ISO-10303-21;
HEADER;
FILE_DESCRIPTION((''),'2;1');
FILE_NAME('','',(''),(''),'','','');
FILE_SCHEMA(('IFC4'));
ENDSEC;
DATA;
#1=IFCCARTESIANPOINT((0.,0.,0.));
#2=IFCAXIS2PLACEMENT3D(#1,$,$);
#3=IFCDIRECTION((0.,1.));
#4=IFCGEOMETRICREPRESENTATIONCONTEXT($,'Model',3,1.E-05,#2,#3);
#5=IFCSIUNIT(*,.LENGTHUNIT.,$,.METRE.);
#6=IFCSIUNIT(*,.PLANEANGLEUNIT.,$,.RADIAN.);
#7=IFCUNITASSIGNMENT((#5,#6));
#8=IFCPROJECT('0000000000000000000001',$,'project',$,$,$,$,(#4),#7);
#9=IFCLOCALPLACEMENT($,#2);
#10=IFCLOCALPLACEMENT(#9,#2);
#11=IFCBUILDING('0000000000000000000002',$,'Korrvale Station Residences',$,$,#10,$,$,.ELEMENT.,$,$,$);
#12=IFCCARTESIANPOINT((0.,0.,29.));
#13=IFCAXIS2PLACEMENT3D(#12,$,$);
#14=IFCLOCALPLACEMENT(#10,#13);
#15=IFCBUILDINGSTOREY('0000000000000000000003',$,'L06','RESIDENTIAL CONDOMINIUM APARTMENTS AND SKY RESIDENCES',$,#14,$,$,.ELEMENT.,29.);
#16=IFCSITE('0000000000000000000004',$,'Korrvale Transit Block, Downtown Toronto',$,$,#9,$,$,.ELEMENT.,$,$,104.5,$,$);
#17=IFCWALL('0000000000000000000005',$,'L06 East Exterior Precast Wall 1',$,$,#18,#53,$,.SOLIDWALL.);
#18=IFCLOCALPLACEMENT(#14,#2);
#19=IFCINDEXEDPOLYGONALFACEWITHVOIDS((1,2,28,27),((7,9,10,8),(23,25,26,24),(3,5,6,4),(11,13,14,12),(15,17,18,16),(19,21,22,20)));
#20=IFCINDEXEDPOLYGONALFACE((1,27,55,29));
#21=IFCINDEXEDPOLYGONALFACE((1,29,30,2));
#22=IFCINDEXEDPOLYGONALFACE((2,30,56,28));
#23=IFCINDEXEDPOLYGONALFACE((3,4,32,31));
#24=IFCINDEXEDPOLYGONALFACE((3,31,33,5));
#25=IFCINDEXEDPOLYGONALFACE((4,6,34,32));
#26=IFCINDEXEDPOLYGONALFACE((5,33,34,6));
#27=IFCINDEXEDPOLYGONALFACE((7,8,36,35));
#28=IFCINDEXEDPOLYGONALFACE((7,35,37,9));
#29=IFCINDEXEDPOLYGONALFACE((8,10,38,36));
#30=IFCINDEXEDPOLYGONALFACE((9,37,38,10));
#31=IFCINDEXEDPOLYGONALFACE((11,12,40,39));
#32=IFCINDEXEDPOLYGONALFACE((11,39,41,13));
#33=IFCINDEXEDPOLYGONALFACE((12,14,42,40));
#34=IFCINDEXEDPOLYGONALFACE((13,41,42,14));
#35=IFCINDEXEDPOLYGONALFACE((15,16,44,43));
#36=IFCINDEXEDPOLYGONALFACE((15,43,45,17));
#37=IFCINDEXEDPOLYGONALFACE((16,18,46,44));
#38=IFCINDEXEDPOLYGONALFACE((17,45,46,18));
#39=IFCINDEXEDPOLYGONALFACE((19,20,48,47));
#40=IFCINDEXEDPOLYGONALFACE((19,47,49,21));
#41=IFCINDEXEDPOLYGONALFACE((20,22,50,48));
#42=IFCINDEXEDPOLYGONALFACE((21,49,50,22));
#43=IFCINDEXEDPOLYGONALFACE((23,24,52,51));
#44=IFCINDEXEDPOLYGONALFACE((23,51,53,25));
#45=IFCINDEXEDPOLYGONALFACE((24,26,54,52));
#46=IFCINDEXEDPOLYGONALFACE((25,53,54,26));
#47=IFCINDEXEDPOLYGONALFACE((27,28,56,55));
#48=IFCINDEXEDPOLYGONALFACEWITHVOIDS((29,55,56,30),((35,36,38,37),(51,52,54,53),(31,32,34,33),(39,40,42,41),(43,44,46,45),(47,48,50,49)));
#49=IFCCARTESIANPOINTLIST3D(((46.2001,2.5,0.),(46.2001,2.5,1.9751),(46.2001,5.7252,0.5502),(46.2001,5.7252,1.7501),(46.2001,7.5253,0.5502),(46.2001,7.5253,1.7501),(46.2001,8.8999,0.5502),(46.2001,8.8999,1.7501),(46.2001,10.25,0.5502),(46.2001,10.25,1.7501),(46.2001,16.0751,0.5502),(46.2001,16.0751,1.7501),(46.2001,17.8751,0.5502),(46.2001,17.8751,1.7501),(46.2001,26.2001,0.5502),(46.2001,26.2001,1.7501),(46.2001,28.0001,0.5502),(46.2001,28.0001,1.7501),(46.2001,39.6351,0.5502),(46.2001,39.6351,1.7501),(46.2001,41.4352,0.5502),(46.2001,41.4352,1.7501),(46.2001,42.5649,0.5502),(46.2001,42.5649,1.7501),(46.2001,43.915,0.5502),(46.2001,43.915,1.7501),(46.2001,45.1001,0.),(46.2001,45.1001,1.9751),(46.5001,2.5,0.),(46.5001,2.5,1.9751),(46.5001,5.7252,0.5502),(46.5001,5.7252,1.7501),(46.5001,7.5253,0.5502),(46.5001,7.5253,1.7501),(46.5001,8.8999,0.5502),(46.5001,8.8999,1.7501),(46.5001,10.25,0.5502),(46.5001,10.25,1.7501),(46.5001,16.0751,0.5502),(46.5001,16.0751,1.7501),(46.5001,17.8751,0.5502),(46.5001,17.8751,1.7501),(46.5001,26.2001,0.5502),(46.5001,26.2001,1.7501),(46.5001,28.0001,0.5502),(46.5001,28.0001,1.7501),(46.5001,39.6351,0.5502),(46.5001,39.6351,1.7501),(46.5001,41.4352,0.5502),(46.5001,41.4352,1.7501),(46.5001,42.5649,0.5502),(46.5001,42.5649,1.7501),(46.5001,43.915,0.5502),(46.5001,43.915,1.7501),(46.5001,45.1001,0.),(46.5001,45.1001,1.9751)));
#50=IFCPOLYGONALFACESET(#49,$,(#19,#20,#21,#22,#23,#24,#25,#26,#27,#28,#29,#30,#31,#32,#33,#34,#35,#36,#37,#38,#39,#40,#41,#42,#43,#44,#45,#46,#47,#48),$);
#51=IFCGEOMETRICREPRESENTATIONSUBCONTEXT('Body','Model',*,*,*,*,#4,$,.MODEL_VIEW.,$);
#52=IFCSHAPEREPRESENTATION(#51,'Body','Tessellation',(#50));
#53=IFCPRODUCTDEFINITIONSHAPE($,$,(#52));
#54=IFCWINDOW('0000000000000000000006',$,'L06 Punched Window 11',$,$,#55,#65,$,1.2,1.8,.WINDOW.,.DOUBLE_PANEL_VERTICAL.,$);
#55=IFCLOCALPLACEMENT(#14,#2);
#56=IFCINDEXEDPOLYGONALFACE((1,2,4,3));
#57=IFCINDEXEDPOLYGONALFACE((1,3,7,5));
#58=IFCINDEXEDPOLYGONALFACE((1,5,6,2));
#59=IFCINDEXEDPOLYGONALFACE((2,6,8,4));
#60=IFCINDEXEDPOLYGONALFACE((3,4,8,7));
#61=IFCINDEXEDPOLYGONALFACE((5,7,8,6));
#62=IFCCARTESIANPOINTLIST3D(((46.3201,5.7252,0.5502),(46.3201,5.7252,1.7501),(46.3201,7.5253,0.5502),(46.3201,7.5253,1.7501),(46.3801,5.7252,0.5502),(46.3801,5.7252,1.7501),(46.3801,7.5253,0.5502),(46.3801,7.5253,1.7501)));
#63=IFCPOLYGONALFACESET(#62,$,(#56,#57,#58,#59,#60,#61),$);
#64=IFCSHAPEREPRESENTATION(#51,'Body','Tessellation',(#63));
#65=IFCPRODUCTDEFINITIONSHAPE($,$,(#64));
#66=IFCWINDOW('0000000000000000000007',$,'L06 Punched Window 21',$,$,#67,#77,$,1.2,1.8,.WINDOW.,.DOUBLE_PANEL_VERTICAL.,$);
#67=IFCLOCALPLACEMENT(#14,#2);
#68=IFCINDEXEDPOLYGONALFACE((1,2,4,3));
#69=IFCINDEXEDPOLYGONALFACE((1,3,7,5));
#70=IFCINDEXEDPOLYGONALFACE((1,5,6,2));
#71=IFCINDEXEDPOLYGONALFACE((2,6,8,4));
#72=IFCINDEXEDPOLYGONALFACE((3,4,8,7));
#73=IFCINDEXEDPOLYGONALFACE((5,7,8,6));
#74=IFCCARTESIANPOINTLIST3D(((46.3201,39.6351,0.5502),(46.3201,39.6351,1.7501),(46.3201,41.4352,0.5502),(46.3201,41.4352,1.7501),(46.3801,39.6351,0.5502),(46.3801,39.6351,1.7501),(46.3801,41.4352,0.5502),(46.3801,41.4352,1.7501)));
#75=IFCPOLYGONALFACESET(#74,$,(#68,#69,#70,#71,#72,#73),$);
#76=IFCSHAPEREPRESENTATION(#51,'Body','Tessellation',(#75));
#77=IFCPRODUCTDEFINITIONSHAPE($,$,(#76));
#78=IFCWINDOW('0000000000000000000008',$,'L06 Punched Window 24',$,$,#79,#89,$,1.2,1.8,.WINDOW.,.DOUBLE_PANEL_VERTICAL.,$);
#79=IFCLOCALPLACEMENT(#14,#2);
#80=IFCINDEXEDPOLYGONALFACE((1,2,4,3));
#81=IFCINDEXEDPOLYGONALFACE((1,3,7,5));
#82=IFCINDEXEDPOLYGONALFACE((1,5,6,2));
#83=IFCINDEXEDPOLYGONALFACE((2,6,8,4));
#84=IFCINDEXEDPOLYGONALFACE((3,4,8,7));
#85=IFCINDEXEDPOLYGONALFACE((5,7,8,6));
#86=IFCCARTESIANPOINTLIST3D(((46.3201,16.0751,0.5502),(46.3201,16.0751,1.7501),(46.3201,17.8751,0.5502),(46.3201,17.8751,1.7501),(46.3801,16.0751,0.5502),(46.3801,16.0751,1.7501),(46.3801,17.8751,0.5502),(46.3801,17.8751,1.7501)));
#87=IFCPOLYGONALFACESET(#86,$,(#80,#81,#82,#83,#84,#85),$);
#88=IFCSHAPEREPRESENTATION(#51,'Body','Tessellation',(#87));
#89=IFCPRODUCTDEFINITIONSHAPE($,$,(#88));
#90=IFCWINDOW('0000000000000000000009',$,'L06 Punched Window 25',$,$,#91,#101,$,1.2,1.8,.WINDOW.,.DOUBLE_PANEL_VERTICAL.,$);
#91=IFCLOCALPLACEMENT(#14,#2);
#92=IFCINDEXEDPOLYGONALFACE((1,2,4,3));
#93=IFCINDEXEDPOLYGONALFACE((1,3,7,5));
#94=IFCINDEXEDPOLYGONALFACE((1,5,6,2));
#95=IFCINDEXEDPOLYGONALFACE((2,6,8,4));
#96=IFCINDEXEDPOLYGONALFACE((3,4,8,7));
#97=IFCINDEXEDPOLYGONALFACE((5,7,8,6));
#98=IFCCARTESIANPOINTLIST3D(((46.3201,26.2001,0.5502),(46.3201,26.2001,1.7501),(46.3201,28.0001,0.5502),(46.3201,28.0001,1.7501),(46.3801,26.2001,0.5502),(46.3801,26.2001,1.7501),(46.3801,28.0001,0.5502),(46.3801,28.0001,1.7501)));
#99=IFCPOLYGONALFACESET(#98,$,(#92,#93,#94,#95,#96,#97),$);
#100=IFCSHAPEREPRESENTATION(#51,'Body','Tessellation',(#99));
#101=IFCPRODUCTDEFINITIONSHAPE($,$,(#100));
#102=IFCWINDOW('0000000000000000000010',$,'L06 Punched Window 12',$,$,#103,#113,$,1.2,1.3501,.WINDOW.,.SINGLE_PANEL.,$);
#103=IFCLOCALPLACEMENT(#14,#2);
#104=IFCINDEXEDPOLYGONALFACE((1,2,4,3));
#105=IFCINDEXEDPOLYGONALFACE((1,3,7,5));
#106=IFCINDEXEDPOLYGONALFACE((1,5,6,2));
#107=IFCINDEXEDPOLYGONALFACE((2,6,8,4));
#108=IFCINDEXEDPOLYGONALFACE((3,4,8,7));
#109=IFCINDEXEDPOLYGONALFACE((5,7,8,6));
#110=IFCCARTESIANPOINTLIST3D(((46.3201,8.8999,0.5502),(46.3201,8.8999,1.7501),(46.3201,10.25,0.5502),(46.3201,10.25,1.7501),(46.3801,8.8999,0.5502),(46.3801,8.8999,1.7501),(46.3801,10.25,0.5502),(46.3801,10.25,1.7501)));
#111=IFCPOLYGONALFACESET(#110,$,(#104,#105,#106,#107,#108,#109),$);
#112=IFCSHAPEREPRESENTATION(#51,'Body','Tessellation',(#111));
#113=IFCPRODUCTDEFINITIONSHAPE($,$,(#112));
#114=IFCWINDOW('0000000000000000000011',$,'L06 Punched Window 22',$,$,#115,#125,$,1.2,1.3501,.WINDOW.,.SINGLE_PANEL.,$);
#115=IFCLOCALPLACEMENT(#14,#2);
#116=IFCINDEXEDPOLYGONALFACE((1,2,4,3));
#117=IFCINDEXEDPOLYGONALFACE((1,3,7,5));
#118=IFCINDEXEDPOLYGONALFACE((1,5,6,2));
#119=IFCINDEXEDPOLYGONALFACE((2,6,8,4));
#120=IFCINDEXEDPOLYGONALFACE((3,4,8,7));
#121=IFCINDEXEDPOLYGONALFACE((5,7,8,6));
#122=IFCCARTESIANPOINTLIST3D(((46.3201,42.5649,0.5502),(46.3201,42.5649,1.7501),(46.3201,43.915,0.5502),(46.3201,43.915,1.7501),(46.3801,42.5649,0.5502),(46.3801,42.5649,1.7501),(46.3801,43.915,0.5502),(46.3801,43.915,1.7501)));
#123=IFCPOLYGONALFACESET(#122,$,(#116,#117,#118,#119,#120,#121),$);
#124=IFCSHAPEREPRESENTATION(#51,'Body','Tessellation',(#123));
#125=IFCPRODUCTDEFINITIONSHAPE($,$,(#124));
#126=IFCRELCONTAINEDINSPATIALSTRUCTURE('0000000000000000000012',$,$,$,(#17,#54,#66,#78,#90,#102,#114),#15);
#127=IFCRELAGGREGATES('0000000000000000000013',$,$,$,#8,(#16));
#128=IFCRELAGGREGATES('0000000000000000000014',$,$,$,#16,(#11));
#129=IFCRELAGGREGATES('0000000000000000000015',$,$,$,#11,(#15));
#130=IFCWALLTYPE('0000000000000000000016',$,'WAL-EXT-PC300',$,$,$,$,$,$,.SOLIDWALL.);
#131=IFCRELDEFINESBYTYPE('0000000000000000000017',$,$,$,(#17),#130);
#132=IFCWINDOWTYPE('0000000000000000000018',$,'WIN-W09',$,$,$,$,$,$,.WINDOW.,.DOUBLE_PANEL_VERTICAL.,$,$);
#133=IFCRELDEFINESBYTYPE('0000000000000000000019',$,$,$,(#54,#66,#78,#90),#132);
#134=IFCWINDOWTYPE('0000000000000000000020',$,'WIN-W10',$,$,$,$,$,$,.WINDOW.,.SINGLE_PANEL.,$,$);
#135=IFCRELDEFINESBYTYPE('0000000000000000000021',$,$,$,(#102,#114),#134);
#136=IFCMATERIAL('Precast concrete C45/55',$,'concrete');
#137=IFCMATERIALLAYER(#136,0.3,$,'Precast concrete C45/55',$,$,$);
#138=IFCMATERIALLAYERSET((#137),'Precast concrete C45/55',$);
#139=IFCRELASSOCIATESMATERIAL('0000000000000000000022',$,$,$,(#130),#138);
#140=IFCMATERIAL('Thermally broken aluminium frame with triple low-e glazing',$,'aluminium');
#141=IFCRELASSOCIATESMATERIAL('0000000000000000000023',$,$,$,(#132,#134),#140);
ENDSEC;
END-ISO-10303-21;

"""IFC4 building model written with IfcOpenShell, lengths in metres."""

from ifc_helpers import new_model, si_unit, direction, frame, frame_2d, origin, place, context, subcontext, project, spatial, rectangle, extrude, material, layer, layer_set, type_object, element, fill, save


model = new_model("IFC4")

# Units and contexts
model_context = context("Model", 3, precision=1e-05, world=origin(), true_north=direction((0.0, 1.0)))
body_context = subcontext(model_context, "Body", "Model", "MODEL_VIEW")
ifc_project = project(units=[si_unit("LENGTHUNIT", "METRE"), si_unit("PLANEANGLEUNIT", "RADIAN")], contexts=[model_context])

# Site, building, storey
site_placement = place(None, origin())
site = spatial("IfcSite", under=ifc_project, at=site_placement, Name="Korrvale Transit Block, Downtown Toronto", CompositionType="ELEMENT", RefElevation=104.5)
building_placement = place(site_placement, origin())
building = spatial("IfcBuilding", under=site, at=building_placement, Name="Korrvale Station Residences", CompositionType="ELEMENT")
storey_placement = place(building_placement, frame((0.0, 0.0, 29.0)))
storey = spatial("IfcBuildingStorey", under=building, at=storey_placement, Name="L06", Description="RESIDENTIAL CONDOMINIUM APARTMENTS AND SKY RESIDENCES", CompositionType="ELEMENT", Elevation=29.0)

# Shared definitions
ifc_material_1 = material(Name="Precast concrete C45/55", Category="concrete")

# Shared definitions
ifc_layer_1 = layer(ifc_material_1, 0.3, Name="Precast concrete C45/55")
ifc_layer_set_1 = layer_set([ifc_layer_1], Name="Precast concrete C45/55")
wall_type_1 = type_object("IfcWallType", Name="WAL-EXT-PC300", PredefinedType="SOLIDWALL", material=ifc_layer_set_1)

# Wall, openings, windows
wall_1_placement = place(storey_placement, frame((46.3501, 45.1001, 0.0), z_axis=(0.0, 0.0, 1.0), x_axis=(0.0, -1.0, 0.0)))
wall_1 = element("IfcWall", 1, at=wall_1_placement, inside=storey, type_object=wall_type_1, Name="L06 East Exterior Precast Wall 1", PredefinedType="SOLIDWALL", context=body_context, shape_type="SweptSolid", body=[
    extrude(rectangle(XDim=42.6001, YDim=0.3, at=frame_2d((21.3, 0.0))), origin(), (0.0, 0.0, 1.0), 1.9751),
])
opening_1_placement = place(wall_1_placement, frame((37.575, 0.0, 0.55)))
opening_1 = element("IfcOpeningElement", 2, at=opening_1_placement, cuts=wall_1, PredefinedType="OPENING", context=body_context, shape_type="SweptSolid", body=[
    extrude(rectangle(XDim=1.8, YDim=1.2, at=frame_2d((0.8999, 0.6001))), frame((0.0, 0.1602, 0.0), z_axis=(0.0, -1.0, 0.0), x_axis=(1.0, 0.0, 0.0)), (0.0, 0.0, 1.0), 0.3201),
])
opening_2_placement = place(wall_1_placement, frame((34.8501, 0.0, 0.55)))
opening_2 = element("IfcOpeningElement", 3, at=opening_2_placement, cuts=wall_1, PredefinedType="OPENING", context=body_context, shape_type="SweptSolid", body=[
    extrude(rectangle(XDim=1.3501, YDim=1.2, at=frame_2d((0.675, 0.6001))), frame((0.0, 0.1602, 0.0), z_axis=(0.0, -1.0, 0.0), x_axis=(1.0, 0.0, 0.0)), (0.0, 0.0, 1.0), 0.3201),
])
opening_3_placement = place(wall_1_placement, frame((3.665, 0.0, 0.55)))
opening_3 = element("IfcOpeningElement", 4, at=opening_3_placement, cuts=wall_1, PredefinedType="OPENING", context=body_context, shape_type="SweptSolid", body=[
    extrude(rectangle(XDim=1.8, YDim=1.2, at=frame_2d((0.8999, 0.6001))), frame((0.0, 0.1602, 0.0), z_axis=(0.0, -1.0, 0.0), x_axis=(1.0, 0.0, 0.0)), (0.0, 0.0, 1.0), 0.3201),
])
opening_4_placement = place(wall_1_placement, frame((1.1851, 0.0, 0.55)))
opening_4 = element("IfcOpeningElement", 5, at=opening_4_placement, cuts=wall_1, PredefinedType="OPENING", context=body_context, shape_type="SweptSolid", body=[
    extrude(rectangle(XDim=1.3501, YDim=1.2, at=frame_2d((0.675, 0.6001))), frame((0.0, 0.1602, 0.0), z_axis=(0.0, -1.0, 0.0), x_axis=(1.0, 0.0, 0.0)), (0.0, 0.0, 1.0), 0.3201),
])
opening_5_placement = place(wall_1_placement, frame((27.2251, 0.0, 0.55)))
opening_5 = element("IfcOpeningElement", 6, at=opening_5_placement, cuts=wall_1, PredefinedType="OPENING", context=body_context, shape_type="SweptSolid", body=[
    extrude(rectangle(XDim=1.8, YDim=1.2, at=frame_2d((0.8999, 0.6001))), frame((0.0, 0.1602, 0.0), z_axis=(0.0, -1.0, 0.0), x_axis=(1.0, 0.0, 0.0)), (0.0, 0.0, 1.0), 0.3201),
])
opening_6_placement = place(wall_1_placement, frame((17.1001, 0.0, 0.55)))
opening_6 = element("IfcOpeningElement", 7, at=opening_6_placement, cuts=wall_1, PredefinedType="OPENING", context=body_context, shape_type="SweptSolid", body=[
    extrude(rectangle(XDim=1.8, YDim=1.2, at=frame_2d((0.8999, 0.6001))), frame((0.0, 0.1602, 0.0), z_axis=(0.0, -1.0, 0.0), x_axis=(1.0, 0.0, 0.0)), (0.0, 0.0, 1.0), 0.3201),
])
ifc_material_2 = material(Name="Thermally broken aluminium frame with triple low-e glazing", Category="aluminium")
window_type_1 = type_object("IfcWindowType", Name="WIN-W09", PartitioningType="DOUBLE_PANEL_VERTICAL", PredefinedType="WINDOW", material=ifc_material_2)
window_1_placement = place(opening_1_placement, origin())
window_1 = element("IfcWindow", 8, at=window_1_placement, inside=storey, type_object=window_type_1, Name="L06 Punched Window 11", OverallHeight=1.2, OverallWidth=1.8, PartitioningType="DOUBLE_PANEL_VERTICAL", PredefinedType="WINDOW", context=body_context, shape_type="SweptSolid", body=[
    extrude(rectangle(XDim=1.8, YDim=1.2, at=frame_2d((0.8999, 0.6001))), frame((0.0, 0.03, 0.0), z_axis=(0.0, -1.0, 0.0), x_axis=(1.0, 0.0, 0.0)), (0.0, 0.0, 1.0), 0.0601),
])
fill(opening_1, window_1)
window_2_placement = place(opening_3_placement, origin())
window_2 = element("IfcWindow", 9, at=window_2_placement, inside=storey, type_object=window_type_1, Name="L06 Punched Window 21", OverallHeight=1.2, OverallWidth=1.8, PartitioningType="DOUBLE_PANEL_VERTICAL", PredefinedType="WINDOW", context=body_context, shape_type="SweptSolid", body=[
    extrude(rectangle(XDim=1.8, YDim=1.2, at=frame_2d((0.8999, 0.6001))), frame((0.0, 0.03, 0.0), z_axis=(0.0, -1.0, 0.0), x_axis=(1.0, 0.0, 0.0)), (0.0, 0.0, 1.0), 0.0601),
])
fill(opening_3, window_2)
window_3_placement = place(opening_5_placement, origin())
window_3 = element("IfcWindow", 10, at=window_3_placement, inside=storey, type_object=window_type_1, Name="L06 Punched Window 24", OverallHeight=1.2, OverallWidth=1.8, PartitioningType="DOUBLE_PANEL_VERTICAL", PredefinedType="WINDOW", context=body_context, shape_type="SweptSolid", body=[
    extrude(rectangle(XDim=1.8, YDim=1.2, at=frame_2d((0.8999, 0.6001))), frame((0.0, 0.03, 0.0), z_axis=(0.0, -1.0, 0.0), x_axis=(1.0, 0.0, 0.0)), (0.0, 0.0, 1.0), 0.0601),
])
fill(opening_5, window_3)
window_4_placement = place(opening_6_placement, origin())
window_4 = element("IfcWindow", 11, at=window_4_placement, inside=storey, type_object=window_type_1, Name="L06 Punched Window 25", OverallHeight=1.2, OverallWidth=1.8, PartitioningType="DOUBLE_PANEL_VERTICAL", PredefinedType="WINDOW", context=body_context, shape_type="SweptSolid", body=[
    extrude(rectangle(XDim=1.8, YDim=1.2, at=frame_2d((0.8999, 0.6001))), frame((0.0, 0.03, 0.0), z_axis=(0.0, -1.0, 0.0), x_axis=(1.0, 0.0, 0.0)), (0.0, 0.0, 1.0), 0.0601),
])
fill(opening_6, window_4)
window_type_2 = type_object("IfcWindowType", Name="WIN-W10", PartitioningType="SINGLE_PANEL", PredefinedType="WINDOW", material=ifc_material_2)
window_5_placement = place(opening_2_placement, origin())
window_5 = element("IfcWindow", 12, at=window_5_placement, inside=storey, type_object=window_type_2, Name="L06 Punched Window 12", OverallHeight=1.2, OverallWidth=1.3501, PartitioningType="SINGLE_PANEL", PredefinedType="WINDOW", context=body_context, shape_type="SweptSolid", body=[
    extrude(rectangle(XDim=1.3501, YDim=1.2, at=frame_2d((0.675, 0.6001))), frame((0.0, 0.03, 0.0), z_axis=(0.0, -1.0, 0.0), x_axis=(1.0, 0.0, 0.0)), (0.0, 0.0, 1.0), 0.0601),
])
fill(opening_2, window_5)
window_6_placement = place(opening_4_placement, origin())
window_6 = element("IfcWindow", 13, at=window_6_placement, inside=storey, type_object=window_type_2, Name="L06 Punched Window 22", OverallHeight=1.2, OverallWidth=1.3501, PartitioningType="SINGLE_PANEL", PredefinedType="WINDOW", context=body_context, shape_type="SweptSolid", body=[
    extrude(rectangle(XDim=1.3501, YDim=1.2, at=frame_2d((0.675, 0.6001))), frame((0.0, 0.03, 0.0), z_axis=(0.0, -1.0, 0.0), x_axis=(1.0, 0.0, 0.0)), (0.0, 0.0, 1.0), 0.0601),
])
fill(opening_4, window_6)

save(model, "model.ifc")
